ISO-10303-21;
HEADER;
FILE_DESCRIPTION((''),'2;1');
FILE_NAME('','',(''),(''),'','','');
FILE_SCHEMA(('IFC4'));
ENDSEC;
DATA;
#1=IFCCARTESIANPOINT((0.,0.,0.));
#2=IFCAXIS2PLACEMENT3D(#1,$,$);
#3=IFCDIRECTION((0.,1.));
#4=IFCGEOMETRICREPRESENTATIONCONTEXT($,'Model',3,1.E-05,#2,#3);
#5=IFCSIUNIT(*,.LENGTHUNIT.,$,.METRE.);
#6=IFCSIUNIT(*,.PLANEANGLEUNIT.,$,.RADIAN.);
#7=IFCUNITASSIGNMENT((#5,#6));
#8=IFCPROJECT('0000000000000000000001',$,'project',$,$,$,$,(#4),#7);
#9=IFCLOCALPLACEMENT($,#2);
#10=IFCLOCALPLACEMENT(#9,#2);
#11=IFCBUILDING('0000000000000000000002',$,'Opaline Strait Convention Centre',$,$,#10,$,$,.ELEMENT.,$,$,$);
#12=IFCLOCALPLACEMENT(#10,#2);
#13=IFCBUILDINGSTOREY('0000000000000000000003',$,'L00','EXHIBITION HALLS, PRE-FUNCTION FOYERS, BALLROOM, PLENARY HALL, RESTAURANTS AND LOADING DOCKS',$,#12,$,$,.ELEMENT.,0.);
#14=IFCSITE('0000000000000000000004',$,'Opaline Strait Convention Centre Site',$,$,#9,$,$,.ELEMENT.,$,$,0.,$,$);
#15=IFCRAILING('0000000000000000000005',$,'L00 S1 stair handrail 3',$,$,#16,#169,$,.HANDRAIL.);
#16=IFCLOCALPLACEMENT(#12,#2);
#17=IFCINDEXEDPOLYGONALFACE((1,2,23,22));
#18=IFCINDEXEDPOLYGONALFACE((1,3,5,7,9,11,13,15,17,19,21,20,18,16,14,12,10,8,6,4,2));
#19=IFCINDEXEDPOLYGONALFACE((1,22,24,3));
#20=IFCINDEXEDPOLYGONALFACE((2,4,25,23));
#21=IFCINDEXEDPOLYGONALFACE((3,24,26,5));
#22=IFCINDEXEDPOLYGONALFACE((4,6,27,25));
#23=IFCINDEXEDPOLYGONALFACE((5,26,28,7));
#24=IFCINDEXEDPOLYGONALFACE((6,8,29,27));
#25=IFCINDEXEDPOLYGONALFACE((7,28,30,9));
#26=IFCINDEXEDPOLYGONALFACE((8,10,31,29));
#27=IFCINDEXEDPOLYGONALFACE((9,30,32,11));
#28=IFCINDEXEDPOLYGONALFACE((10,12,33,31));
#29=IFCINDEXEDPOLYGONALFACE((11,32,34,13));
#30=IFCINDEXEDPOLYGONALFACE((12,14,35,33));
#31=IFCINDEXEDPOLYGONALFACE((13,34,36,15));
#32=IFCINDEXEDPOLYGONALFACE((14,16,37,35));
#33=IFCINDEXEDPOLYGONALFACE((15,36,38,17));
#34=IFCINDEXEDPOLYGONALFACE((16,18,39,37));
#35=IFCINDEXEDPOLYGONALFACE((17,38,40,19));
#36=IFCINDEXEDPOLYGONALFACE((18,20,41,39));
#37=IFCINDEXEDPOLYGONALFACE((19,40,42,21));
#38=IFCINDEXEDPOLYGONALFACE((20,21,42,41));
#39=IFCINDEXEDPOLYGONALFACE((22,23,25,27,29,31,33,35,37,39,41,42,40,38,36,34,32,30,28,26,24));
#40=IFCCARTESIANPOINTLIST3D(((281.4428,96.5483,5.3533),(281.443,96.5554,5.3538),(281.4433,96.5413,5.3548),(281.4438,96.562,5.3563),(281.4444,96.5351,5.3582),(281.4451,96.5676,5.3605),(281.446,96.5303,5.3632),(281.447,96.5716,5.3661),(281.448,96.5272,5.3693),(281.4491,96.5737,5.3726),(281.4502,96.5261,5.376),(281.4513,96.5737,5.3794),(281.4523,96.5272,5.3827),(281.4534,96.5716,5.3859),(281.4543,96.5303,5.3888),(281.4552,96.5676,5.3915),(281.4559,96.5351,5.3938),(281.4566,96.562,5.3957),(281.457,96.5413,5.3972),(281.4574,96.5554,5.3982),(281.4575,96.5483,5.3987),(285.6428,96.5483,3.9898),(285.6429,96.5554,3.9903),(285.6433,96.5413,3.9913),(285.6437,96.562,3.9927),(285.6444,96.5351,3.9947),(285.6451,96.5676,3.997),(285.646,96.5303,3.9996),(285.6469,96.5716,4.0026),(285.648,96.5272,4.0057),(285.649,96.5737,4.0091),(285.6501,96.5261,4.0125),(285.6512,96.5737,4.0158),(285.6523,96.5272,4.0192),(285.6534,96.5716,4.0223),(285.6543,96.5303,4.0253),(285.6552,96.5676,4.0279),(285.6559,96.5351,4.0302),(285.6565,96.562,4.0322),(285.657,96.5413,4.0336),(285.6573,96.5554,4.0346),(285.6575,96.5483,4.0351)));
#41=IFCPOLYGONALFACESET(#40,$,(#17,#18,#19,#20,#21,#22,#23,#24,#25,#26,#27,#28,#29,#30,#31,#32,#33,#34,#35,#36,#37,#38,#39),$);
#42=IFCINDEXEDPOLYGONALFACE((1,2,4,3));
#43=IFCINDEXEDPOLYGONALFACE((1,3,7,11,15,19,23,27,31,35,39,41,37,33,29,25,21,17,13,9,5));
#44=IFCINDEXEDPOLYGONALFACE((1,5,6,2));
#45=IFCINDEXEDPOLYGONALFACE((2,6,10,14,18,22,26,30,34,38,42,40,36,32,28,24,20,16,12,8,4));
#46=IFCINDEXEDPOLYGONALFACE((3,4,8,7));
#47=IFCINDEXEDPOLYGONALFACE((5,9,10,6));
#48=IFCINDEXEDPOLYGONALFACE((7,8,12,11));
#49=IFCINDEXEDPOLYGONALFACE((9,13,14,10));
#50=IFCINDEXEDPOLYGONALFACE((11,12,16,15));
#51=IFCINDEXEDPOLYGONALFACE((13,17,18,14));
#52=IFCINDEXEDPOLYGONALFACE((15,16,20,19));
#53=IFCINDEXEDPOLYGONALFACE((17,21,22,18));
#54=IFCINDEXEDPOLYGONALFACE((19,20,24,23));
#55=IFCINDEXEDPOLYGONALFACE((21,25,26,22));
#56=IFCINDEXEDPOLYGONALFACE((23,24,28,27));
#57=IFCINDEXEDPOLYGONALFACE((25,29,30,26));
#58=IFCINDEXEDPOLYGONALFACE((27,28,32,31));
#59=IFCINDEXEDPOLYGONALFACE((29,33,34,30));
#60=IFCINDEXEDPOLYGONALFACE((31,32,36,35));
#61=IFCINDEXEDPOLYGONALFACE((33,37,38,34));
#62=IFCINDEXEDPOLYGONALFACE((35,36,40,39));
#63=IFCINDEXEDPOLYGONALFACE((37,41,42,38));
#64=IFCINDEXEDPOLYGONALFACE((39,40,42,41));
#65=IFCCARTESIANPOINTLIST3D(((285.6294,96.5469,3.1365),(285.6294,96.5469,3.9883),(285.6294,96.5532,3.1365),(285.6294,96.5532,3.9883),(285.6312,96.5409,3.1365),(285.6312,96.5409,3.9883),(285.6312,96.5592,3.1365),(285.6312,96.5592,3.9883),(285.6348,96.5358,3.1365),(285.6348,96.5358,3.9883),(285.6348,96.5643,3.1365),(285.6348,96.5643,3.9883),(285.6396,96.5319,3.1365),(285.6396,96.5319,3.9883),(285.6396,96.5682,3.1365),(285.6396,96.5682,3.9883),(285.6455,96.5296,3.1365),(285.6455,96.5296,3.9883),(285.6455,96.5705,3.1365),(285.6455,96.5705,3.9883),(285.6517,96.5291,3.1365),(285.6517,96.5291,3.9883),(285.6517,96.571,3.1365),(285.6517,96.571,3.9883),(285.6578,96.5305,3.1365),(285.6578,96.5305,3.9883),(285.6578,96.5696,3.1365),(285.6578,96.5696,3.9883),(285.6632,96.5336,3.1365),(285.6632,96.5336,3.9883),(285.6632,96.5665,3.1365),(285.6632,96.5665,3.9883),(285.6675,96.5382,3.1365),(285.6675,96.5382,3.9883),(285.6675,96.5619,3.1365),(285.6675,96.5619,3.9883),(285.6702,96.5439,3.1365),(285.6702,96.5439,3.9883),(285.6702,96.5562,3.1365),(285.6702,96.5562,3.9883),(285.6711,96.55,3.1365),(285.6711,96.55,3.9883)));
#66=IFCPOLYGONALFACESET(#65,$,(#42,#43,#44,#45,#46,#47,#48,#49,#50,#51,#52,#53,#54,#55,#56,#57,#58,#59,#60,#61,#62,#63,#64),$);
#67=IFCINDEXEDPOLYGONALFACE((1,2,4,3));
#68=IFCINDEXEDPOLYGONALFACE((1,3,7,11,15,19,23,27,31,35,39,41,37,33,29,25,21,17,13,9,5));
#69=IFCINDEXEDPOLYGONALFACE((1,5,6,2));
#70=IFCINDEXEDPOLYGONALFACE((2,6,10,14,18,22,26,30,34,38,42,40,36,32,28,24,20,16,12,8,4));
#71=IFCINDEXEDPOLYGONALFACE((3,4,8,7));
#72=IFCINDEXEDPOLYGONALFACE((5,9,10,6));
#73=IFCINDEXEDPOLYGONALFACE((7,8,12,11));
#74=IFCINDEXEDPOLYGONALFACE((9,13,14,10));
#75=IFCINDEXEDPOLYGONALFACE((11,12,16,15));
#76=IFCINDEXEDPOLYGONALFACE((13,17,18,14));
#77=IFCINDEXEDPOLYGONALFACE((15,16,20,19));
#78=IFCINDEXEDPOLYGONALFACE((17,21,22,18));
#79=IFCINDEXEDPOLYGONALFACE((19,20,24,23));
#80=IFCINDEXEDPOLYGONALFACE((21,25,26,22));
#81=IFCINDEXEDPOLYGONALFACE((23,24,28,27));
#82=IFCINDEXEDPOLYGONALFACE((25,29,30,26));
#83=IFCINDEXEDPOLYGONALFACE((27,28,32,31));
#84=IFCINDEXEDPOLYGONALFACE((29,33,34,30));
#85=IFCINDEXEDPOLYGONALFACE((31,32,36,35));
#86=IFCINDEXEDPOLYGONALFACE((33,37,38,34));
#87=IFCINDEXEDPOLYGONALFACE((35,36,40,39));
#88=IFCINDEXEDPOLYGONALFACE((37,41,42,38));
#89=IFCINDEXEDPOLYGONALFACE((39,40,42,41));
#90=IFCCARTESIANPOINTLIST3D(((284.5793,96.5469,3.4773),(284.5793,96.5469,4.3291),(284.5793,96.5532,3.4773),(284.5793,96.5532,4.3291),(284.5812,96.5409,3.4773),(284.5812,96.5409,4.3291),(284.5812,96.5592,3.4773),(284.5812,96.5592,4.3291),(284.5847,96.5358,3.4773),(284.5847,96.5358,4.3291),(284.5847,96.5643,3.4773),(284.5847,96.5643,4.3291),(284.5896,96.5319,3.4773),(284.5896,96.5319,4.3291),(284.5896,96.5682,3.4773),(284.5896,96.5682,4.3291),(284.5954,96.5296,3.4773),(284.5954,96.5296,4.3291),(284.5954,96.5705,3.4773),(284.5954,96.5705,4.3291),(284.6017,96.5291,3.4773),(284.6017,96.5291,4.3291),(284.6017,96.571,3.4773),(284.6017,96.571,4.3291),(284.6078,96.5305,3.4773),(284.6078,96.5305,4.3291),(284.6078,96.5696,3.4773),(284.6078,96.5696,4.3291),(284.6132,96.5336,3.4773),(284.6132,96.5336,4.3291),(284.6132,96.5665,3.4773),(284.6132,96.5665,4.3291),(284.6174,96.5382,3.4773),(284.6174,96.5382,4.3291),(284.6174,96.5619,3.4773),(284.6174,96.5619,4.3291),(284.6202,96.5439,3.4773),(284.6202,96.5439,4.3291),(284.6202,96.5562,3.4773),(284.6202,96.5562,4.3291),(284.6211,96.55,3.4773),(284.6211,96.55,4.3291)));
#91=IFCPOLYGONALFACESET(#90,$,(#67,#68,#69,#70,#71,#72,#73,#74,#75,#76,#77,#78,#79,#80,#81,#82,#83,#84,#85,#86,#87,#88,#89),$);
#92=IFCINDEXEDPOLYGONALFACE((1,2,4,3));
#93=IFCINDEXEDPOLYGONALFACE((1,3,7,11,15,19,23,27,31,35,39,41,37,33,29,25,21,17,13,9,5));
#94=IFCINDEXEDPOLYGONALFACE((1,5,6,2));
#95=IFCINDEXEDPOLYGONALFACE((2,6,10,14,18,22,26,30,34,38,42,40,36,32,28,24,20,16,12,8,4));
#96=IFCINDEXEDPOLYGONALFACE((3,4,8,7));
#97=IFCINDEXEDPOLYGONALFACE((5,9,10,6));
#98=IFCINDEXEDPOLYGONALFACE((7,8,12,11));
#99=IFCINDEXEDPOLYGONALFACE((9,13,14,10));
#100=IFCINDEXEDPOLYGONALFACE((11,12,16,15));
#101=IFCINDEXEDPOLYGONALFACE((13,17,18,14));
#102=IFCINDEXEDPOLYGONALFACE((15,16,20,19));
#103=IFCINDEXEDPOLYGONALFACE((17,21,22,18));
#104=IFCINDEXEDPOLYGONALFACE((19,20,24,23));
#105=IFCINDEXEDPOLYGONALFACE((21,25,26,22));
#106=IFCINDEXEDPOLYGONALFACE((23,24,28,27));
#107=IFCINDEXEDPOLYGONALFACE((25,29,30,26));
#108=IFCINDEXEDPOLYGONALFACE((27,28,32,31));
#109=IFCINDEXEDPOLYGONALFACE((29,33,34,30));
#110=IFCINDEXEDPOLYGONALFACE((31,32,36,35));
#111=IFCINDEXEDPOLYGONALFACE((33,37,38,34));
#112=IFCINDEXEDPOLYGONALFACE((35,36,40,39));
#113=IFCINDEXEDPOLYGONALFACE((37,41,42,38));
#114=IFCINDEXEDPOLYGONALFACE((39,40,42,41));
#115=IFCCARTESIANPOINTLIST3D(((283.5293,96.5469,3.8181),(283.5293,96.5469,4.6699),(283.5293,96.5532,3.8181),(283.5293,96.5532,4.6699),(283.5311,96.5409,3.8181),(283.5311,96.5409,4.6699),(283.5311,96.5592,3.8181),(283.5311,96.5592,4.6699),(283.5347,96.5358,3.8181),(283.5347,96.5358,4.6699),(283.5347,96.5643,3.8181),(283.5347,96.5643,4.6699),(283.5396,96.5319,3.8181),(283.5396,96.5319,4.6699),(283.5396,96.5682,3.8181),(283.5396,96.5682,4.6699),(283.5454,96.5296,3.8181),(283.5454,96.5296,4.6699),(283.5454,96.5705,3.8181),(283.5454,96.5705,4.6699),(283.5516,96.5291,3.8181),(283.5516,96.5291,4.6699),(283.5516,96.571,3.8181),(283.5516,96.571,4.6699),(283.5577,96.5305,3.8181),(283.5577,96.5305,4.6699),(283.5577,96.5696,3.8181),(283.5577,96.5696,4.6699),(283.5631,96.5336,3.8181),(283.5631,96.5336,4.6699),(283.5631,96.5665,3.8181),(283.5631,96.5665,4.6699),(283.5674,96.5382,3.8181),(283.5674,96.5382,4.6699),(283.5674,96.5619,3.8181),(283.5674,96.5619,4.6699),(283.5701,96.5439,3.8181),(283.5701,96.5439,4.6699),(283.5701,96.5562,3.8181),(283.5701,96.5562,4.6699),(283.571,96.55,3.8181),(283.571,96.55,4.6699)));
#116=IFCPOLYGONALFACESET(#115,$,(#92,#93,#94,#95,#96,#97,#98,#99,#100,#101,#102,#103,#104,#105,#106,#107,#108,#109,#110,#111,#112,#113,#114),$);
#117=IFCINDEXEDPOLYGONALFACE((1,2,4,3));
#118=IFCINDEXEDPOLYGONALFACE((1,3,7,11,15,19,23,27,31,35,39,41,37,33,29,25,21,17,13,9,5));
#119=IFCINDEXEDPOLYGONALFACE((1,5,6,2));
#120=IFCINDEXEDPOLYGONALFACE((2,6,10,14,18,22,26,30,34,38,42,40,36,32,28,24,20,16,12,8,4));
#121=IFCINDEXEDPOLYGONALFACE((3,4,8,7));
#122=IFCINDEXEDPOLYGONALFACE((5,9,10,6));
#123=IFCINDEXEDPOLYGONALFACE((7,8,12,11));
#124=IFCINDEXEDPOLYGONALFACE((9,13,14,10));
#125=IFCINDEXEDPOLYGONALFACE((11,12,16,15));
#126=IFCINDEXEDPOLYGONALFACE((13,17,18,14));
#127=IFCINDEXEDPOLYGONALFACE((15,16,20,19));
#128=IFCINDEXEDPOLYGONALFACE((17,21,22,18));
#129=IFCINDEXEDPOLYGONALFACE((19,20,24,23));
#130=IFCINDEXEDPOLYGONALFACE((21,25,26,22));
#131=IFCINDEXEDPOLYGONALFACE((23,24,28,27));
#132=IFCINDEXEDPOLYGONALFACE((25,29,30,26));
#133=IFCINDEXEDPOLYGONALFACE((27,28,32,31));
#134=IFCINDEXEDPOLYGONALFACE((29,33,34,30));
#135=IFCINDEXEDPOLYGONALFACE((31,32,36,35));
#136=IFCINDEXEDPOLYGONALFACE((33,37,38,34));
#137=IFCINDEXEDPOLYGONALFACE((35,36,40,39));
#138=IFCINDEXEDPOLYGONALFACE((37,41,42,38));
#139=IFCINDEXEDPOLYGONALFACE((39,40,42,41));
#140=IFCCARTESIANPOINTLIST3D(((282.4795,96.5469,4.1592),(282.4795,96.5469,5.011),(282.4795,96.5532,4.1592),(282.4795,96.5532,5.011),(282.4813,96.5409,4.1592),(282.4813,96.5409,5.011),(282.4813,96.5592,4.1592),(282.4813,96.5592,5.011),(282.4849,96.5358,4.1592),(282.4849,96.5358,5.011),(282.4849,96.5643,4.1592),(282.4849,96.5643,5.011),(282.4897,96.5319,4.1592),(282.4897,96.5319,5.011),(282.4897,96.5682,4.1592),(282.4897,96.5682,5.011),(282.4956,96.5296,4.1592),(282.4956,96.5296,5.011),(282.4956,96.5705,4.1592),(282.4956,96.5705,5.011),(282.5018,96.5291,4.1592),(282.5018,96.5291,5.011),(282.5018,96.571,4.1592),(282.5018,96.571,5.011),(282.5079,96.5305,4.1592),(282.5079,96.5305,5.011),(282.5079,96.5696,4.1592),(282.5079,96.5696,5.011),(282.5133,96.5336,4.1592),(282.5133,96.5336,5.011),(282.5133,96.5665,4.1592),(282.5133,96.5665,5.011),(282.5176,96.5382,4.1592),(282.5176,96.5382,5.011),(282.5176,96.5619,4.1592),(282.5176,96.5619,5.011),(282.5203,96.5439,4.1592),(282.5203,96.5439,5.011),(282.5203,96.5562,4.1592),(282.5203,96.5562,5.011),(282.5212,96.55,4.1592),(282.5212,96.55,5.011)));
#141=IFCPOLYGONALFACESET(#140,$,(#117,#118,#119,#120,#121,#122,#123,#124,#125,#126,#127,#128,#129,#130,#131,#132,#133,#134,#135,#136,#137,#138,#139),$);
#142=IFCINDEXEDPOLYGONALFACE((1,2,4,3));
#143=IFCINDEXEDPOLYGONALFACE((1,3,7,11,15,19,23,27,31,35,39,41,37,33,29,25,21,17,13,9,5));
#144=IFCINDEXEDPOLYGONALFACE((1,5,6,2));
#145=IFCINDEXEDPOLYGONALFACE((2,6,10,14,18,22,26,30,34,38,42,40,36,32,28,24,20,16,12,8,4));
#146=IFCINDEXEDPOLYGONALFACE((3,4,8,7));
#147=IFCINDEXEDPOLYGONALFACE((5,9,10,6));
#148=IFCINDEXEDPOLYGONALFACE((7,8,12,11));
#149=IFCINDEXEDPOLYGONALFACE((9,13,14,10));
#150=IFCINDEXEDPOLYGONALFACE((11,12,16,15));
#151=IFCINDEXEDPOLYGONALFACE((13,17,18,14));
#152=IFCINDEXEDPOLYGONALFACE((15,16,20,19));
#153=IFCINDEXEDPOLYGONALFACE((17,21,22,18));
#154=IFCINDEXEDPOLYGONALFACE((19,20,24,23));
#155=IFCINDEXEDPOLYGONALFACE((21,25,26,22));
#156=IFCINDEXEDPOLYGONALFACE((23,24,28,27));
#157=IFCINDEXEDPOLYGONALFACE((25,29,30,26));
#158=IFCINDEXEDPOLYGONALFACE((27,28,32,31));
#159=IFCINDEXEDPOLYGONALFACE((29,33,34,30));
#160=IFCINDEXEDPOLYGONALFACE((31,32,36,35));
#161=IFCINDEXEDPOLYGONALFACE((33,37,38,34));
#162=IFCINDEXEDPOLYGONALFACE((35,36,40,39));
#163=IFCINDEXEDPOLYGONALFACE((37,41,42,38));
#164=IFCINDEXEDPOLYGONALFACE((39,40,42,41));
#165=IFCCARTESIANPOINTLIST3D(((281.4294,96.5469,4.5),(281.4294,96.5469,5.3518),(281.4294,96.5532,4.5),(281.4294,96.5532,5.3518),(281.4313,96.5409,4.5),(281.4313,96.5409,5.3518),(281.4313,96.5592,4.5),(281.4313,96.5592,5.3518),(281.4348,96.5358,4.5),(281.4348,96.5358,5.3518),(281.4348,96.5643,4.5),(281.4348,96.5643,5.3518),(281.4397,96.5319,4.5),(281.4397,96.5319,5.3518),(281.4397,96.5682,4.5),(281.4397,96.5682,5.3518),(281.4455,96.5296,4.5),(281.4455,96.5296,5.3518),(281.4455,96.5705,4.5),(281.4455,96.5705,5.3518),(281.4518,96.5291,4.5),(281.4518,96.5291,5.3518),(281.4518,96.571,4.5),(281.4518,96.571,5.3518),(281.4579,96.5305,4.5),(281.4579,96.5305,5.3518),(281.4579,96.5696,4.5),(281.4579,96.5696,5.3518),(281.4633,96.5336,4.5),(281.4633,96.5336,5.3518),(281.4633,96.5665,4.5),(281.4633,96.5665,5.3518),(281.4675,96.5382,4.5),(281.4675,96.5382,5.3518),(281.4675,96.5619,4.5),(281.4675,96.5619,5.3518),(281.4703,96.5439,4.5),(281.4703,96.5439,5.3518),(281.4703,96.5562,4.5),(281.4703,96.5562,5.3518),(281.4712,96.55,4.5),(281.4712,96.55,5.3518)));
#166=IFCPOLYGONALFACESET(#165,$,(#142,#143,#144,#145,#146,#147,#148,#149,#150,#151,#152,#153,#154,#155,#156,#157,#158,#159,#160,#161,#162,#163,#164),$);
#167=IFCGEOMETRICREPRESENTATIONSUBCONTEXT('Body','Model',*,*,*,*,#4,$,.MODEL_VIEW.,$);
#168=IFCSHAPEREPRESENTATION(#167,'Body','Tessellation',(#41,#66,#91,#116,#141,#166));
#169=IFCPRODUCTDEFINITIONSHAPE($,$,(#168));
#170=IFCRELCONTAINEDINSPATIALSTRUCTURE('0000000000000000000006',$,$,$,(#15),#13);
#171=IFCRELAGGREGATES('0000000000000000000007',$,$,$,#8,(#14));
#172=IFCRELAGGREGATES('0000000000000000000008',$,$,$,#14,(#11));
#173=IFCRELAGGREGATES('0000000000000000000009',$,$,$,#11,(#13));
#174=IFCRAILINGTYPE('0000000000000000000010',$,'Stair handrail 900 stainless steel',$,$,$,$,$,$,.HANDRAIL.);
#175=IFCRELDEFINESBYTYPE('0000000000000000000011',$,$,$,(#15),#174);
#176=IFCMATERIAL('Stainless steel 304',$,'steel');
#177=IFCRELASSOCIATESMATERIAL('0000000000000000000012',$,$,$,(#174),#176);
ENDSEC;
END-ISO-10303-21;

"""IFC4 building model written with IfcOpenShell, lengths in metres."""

from ifc_helpers import new_model, si_unit, direction, frame, origin, origin_2d, place, context, subcontext, project, spatial, circle, extrude, material, type_object, element, save


model = new_model("IFC4")

# Units and contexts
model_context = context("Model", 3, precision=1e-05, world=origin(), true_north=direction((0.0, 1.0)))
body_context = subcontext(model_context, "Body", "Model", "MODEL_VIEW")
ifc_project = project(units=[si_unit("LENGTHUNIT", "METRE"), si_unit("PLANEANGLEUNIT", "RADIAN")], contexts=[model_context])

# Site, building, storey
site_placement = place(None, origin())
site = spatial("IfcSite", under=ifc_project, at=site_placement, Name="Opaline Strait Convention Centre Site", CompositionType="ELEMENT", RefElevation=0.0)
building_placement = place(site_placement, origin())
building = spatial("IfcBuilding", under=site, at=building_placement, Name="Opaline Strait Convention Centre", CompositionType="ELEMENT")
storey_placement = place(building_placement, origin())
storey = spatial("IfcBuildingStorey", under=building, at=storey_placement, Name="L00", Description="EXHIBITION HALLS, PRE-FUNCTION FOYERS, BALLROOM, PLENARY HALL, RESTAURANTS AND LOADING DOCKS", CompositionType="ELEMENT", Elevation=0.0)

# Railing
ifc_material_1 = material(Name="Stainless steel 304", Category="steel")
railing_type_1 = type_object("IfcRailingType", Name="Stair handrail 900 stainless steel", PredefinedType="HANDRAIL", material=ifc_material_1)
for number, where, name in (
    (1, (285.6501, 96.55, 3.1365), "L00 S1 stair handrail 3"),
):
    element("IfcRailing", number, at=place(storey_placement, frame(where)), inside=storey, type_object=railing_type_1, Name=name, PredefinedType="HANDRAIL", context=body_context, shape_type="SweptSolid", body=[
        extrude(circle(Radius=0.0239, at=origin_2d()), frame((0.0, 0.0, 0.876), z_axis=(-0.951131, 0.0, 0.308787), x_axis=(0.0, -1.0, 0.0)), (0.0, 0.0, 1.0), 4.4158),
        extrude(circle(Radius=0.021, at=origin_2d()), origin(), (0.0, 0.0, 1.0), 0.8518),
        extrude(circle(Radius=0.021, at=origin_2d()), frame((-1.05, 0.0, 0.3408)), (0.0, 0.0, 1.0), 0.8518),
        extrude(circle(Radius=0.021, at=origin_2d()), frame((-2.1001, 0.0, 0.6816)), (0.0, 0.0, 1.0), 0.8518),
        extrude(circle(Radius=0.021, at=origin_2d()), frame((-3.1499, 0.0, 1.0227)), (0.0, 0.0, 1.0), 0.8518),
        extrude(circle(Radius=0.021, at=origin_2d()), frame((-4.2, 0.0, 1.3635)), (0.0, 0.0, 1.0), 0.8518),
    ])

save(model, "model.ifc")
